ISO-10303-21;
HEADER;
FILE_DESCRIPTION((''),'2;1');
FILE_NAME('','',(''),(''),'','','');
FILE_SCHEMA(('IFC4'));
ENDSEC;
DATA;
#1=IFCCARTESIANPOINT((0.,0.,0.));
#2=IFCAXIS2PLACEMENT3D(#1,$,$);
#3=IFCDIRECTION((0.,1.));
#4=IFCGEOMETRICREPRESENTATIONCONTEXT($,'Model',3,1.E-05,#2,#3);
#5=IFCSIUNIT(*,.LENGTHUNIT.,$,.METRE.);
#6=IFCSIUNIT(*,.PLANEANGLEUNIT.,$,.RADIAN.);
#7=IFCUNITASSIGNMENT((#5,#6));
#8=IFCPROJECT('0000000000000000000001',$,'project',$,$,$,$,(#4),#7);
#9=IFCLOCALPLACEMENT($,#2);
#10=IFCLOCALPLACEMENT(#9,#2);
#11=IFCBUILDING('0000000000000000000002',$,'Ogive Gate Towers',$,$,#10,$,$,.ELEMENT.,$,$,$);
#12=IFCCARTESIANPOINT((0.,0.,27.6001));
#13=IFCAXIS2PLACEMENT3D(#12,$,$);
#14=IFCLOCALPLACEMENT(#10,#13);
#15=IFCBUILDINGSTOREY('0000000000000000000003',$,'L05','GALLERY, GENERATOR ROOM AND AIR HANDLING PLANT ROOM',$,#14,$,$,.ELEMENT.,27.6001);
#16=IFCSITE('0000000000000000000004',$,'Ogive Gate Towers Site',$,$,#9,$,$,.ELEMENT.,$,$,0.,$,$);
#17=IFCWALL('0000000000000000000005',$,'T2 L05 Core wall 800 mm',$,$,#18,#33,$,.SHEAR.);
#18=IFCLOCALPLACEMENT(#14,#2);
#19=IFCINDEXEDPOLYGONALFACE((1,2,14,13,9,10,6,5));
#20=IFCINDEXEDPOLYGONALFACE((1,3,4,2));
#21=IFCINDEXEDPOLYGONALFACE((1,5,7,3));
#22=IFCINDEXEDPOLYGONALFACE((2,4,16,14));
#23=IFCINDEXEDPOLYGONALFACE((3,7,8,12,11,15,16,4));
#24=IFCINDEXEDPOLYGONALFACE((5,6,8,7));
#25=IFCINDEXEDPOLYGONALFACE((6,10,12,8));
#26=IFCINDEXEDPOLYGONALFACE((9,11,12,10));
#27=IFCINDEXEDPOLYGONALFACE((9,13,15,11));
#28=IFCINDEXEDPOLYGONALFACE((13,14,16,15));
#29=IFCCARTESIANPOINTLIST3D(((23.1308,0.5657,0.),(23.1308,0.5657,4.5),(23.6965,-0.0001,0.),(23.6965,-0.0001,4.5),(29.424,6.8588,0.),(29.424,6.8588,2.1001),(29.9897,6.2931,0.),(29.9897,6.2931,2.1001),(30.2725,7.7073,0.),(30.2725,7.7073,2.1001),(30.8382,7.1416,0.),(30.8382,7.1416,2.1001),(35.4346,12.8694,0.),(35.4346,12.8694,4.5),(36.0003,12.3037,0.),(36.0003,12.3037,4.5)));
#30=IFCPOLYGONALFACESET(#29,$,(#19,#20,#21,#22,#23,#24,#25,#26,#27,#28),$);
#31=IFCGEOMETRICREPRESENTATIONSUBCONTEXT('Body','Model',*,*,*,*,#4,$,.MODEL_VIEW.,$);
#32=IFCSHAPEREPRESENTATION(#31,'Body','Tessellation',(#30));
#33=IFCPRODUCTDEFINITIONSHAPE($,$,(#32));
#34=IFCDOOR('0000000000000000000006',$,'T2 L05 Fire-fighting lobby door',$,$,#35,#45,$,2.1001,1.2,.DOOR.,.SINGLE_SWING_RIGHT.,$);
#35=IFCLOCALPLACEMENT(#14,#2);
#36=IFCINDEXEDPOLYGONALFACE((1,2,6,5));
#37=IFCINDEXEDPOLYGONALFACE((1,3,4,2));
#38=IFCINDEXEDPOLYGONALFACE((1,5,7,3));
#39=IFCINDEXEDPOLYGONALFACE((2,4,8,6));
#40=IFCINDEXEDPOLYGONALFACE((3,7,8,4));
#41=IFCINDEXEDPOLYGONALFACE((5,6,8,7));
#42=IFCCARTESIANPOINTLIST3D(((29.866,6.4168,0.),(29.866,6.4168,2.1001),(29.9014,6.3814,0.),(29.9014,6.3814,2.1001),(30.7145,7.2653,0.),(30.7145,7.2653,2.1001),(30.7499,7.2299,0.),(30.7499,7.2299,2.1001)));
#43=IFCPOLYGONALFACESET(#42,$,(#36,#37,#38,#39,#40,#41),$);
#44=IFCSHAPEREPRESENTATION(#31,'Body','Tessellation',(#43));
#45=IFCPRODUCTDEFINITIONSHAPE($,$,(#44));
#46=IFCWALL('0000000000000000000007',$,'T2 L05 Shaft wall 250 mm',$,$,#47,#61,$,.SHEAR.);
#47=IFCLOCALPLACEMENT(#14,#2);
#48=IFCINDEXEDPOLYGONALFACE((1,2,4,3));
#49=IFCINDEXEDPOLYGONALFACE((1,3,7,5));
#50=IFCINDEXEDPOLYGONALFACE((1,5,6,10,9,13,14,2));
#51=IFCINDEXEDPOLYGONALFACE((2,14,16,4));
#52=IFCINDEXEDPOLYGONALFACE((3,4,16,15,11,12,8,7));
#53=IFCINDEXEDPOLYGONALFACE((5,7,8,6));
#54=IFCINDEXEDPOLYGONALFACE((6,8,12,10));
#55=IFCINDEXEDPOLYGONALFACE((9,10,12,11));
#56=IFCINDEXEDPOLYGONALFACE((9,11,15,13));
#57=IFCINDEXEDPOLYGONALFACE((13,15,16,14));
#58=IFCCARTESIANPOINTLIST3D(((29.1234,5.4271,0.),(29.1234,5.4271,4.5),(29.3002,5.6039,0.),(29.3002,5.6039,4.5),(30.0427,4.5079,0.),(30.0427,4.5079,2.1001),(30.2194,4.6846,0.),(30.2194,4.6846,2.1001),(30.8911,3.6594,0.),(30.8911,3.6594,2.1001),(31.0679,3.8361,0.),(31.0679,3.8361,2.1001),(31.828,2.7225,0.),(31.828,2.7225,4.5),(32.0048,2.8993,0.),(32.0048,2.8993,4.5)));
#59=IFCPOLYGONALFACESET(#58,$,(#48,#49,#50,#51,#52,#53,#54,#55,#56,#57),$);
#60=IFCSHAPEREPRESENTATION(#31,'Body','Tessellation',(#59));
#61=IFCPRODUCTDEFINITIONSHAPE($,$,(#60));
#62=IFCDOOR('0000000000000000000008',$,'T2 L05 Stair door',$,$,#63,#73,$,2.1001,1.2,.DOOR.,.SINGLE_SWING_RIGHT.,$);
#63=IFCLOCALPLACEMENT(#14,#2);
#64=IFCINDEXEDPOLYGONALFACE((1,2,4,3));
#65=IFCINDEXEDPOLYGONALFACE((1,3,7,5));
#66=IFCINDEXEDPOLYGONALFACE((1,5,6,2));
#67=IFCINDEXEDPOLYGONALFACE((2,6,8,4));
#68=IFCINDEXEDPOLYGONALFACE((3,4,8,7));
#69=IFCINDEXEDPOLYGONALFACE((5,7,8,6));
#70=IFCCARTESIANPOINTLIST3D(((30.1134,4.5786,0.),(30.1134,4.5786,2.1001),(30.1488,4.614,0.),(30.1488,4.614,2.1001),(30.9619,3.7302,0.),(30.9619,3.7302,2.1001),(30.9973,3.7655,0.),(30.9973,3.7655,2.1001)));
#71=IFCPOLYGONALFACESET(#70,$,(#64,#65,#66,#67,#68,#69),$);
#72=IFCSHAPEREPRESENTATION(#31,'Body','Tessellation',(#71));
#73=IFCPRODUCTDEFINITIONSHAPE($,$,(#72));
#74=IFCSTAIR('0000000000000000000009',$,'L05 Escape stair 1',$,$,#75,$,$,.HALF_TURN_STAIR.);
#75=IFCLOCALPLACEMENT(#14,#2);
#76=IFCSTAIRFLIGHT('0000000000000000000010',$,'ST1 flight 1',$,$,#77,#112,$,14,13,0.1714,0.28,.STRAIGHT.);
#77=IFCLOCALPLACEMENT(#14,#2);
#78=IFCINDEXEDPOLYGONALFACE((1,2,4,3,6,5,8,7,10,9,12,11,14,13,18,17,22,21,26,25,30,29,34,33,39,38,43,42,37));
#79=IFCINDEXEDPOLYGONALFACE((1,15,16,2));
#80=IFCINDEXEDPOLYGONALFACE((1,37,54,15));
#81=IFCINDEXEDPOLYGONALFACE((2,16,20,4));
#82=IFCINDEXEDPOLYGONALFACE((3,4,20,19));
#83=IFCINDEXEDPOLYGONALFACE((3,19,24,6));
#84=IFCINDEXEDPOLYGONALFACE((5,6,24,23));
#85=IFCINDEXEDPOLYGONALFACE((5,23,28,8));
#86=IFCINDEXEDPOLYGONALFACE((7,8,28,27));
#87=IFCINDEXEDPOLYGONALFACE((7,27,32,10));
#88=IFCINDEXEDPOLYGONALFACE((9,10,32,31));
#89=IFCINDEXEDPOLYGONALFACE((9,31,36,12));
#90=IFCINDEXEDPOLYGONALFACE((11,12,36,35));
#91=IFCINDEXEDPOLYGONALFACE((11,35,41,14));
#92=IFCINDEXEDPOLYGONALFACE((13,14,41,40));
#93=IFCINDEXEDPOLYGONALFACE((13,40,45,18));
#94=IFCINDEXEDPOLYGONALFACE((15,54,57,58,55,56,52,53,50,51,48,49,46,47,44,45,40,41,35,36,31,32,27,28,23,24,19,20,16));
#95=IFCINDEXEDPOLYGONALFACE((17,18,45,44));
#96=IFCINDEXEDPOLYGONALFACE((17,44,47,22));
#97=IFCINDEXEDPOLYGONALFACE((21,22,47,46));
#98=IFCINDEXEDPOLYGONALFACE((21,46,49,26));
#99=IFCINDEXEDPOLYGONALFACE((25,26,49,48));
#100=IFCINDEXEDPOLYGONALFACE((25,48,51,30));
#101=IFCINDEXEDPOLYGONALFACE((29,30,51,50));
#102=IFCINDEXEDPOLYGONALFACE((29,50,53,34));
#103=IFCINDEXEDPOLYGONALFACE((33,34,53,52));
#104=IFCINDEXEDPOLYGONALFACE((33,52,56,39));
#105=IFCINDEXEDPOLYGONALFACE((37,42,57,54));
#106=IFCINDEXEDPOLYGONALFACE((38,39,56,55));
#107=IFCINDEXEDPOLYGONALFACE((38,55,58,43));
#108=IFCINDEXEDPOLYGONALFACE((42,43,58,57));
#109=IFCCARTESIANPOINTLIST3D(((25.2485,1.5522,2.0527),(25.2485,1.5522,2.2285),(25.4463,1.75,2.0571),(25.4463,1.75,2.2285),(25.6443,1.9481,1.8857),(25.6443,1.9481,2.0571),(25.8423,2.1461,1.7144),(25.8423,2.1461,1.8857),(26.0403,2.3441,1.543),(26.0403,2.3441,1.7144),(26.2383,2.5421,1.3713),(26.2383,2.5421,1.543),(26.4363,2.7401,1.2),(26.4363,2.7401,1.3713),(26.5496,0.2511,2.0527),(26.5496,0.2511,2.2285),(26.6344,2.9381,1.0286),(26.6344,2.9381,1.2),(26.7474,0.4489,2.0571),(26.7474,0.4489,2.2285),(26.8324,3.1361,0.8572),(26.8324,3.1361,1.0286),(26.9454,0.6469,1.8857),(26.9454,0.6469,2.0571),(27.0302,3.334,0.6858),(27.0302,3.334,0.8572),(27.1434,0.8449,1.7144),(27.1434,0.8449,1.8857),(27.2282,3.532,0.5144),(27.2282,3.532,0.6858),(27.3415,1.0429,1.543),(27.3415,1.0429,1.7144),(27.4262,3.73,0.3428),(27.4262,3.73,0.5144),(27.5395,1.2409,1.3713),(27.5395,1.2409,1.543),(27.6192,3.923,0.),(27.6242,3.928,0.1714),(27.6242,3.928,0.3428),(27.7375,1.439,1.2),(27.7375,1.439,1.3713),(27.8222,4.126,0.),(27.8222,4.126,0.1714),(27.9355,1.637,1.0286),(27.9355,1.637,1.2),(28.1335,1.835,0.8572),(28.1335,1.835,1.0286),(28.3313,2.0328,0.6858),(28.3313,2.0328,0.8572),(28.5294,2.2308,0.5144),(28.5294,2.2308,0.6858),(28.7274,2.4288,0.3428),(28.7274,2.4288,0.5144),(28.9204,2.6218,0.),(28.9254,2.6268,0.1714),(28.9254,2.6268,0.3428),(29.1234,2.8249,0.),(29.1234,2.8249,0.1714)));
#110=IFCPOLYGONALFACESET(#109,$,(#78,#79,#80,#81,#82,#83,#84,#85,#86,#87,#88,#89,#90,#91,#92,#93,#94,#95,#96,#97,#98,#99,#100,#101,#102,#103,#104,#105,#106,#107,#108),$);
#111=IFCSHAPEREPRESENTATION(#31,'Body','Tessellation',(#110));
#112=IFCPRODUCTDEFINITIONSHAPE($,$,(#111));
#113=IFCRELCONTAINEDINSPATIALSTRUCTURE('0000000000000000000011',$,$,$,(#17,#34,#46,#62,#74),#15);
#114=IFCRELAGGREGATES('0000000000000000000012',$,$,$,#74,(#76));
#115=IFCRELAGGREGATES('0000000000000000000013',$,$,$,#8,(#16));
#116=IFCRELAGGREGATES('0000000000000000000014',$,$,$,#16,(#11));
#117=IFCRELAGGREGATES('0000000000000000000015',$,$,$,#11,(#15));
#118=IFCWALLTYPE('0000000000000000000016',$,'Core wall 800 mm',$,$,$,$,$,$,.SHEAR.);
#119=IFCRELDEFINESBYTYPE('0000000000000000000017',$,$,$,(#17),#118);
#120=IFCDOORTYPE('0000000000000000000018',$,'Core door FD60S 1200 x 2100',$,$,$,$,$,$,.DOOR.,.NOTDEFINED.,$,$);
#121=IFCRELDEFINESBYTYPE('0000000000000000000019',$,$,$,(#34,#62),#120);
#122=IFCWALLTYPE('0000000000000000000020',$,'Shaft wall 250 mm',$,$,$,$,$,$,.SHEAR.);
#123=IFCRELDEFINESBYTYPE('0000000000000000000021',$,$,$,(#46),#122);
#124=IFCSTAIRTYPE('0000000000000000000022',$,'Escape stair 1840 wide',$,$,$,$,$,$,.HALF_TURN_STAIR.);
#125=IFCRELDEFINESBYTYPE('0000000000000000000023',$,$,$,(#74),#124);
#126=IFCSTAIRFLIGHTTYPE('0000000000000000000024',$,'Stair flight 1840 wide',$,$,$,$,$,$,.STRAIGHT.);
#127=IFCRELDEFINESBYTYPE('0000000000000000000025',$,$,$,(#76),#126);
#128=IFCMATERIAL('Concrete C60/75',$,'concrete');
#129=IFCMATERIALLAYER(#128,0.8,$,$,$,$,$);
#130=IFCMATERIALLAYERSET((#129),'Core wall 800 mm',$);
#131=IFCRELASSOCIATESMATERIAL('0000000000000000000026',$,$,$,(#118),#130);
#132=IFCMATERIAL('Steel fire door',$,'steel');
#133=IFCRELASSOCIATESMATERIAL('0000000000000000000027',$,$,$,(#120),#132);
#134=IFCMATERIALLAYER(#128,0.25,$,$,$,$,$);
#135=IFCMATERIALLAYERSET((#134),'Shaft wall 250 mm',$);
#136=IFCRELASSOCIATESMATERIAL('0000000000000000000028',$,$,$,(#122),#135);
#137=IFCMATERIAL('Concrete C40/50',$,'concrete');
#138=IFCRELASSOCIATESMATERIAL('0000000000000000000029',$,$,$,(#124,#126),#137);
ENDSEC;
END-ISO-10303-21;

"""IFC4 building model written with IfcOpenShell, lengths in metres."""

from ifc_helpers import new_model, si_unit, direction, frame, frame_2d, origin, place, context, subcontext, project, spatial, polyline, rectangle, outline, extrude, material, layer, layer_set, type_object, element, fill, aggregate, save


model = new_model("IFC4")

# Units and contexts
model_context = context("Model", 3, precision=1e-05, world=origin(), true_north=direction((0.0, 1.0)))
body_context = subcontext(model_context, "Body", "Model", "MODEL_VIEW")
ifc_project = project(units=[si_unit("LENGTHUNIT", "METRE"), si_unit("PLANEANGLEUNIT", "RADIAN")], contexts=[model_context])

# Site, building, storey
site_placement = place(None, origin())
site = spatial("IfcSite", under=ifc_project, at=site_placement, Name="Ogive Gate Towers Site", CompositionType="ELEMENT", RefElevation=0.0)
building_placement = place(site_placement, origin())
building = spatial("IfcBuilding", under=site, at=building_placement, Name="Ogive Gate Towers", CompositionType="ELEMENT")
storey_placement = place(building_placement, frame((0.0, 0.0, 27.6001)))
storey = spatial("IfcBuildingStorey", under=building, at=storey_placement, Name="L05", Description="GALLERY, GENERATOR ROOM AND AIR HANDLING PLANT ROOM", CompositionType="ELEMENT", Elevation=27.6001)

# Shared definitions
ifc_material_1 = material(Name="Concrete C40/50", Category="concrete")

# Walls, openings, doors
ifc_material_2 = material(Name="Steel fire door", Category="steel")
ifc_material_3 = material(Name="Concrete C60/75", Category="concrete")
ifc_layer_1 = layer(ifc_material_3, 0.8)
ifc_layer_set_1 = layer_set([ifc_layer_1], Name="Core wall 800 mm")
wall_type_1 = type_object("IfcWallType", Name="Core wall 800 mm", PredefinedType="SHEAR", material=ifc_layer_set_1)
wall_1_placement = place(storey_placement, frame((23.4136, 0.2827, 0.0), z_axis=(0.0, 0.0, 1.0), x_axis=(0.707107, 0.707107, 0.0)))
wall_1 = element("IfcWall", 1, at=wall_1_placement, inside=storey, type_object=wall_type_1, Name="T2 L05 Core wall 800 mm", PredefinedType="SHEAR", context=body_context, shape_type="SweptSolid", body=[
    extrude(rectangle(XDim=17.4001, YDim=0.8, at=frame_2d((8.7002, 0.0))), origin(), (0.0, 0.0, 1.0), 4.5),
])
opening_1_placement = place(wall_1_placement, frame((8.8999, 0.0, 0.0)))
opening_1 = element("IfcOpeningElement", 2, at=opening_1_placement, cuts=wall_1, PredefinedType="OPENING", context=body_context, shape_type="SweptSolid", body=[
    extrude(rectangle(XDim=1.2, YDim=2.1001, at=frame_2d((0.6001, 1.05))), frame((0.0, 0.4102, 0.0), z_axis=(0.0, -1.0, 0.0), x_axis=(1.0, 0.0, 0.0)), (0.0, 0.0, 1.0), 0.8201),
])
door_type_1 = type_object("IfcDoorType", Name="Core door FD60S 1200 x 2100", OperationType="NOTDEFINED", PredefinedType="DOOR", material=ifc_material_2)
door_1_placement = place(opening_1_placement, origin())
door_1 = element("IfcDoor", 3, at=door_1_placement, inside=storey, type_object=door_type_1, Name="T2 L05 Fire-fighting lobby door", OperationType="SINGLE_SWING_RIGHT", OverallHeight=2.1001, OverallWidth=1.2, PredefinedType="DOOR", context=body_context, shape_type="SweptSolid", body=[
    extrude(rectangle(XDim=1.2, YDim=2.1001, at=frame_2d((0.6001, 1.05))), frame((0.0, -0.2251, 0.0), z_axis=(0.0, -1.0, 0.0), x_axis=(1.0, 0.0, 0.0)), (0.0, 0.0, 1.0), 0.05),
])
fill(opening_1, door_1)
ifc_layer_2 = layer(ifc_material_3, 0.25)
ifc_layer_set_2 = layer_set([ifc_layer_2], Name="Shaft wall 250 mm")
wall_type_2 = type_object("IfcWallType", Name="Shaft wall 250 mm", PredefinedType="SHEAR", material=ifc_layer_set_2)
wall_2_placement = place(storey_placement, frame((31.9165, 2.8108, 0.0), z_axis=(0.0, 0.0, 1.0), x_axis=(-0.707107, 0.707107, 0.0)))
wall_2 = element("IfcWall", 4, at=wall_2_placement, inside=storey, type_object=wall_type_2, Name="T2 L05 Shaft wall 250 mm", PredefinedType="SHEAR", context=body_context, shape_type="SweptSolid", body=[
    extrude(rectangle(XDim=3.825, YDim=0.25, at=frame_2d((1.9126, 0.0))), origin(), (0.0, 0.0, 1.0), 4.5),
])
opening_2_placement = place(wall_2_placement, frame((1.325, 0.0, 0.0)))
opening_2 = element("IfcOpeningElement", 5, at=opening_2_placement, cuts=wall_2, PredefinedType="OPENING", context=body_context, shape_type="SweptSolid", body=[
    extrude(rectangle(XDim=1.2, YDim=2.1001, at=frame_2d((0.6001, 1.05))), frame((0.0, 0.135, 0.0), z_axis=(0.0, -1.0, 0.0), x_axis=(1.0, 0.0, 0.0)), (0.0, 0.0, 1.0), 0.27),
])
door_2_placement = place(opening_2_placement, origin())
door_2 = element("IfcDoor", 6, at=door_2_placement, inside=storey, type_object=door_type_1, Name="T2 L05 Stair door", OperationType="SINGLE_SWING_RIGHT", OverallHeight=2.1001, OverallWidth=1.2, PredefinedType="DOOR", context=body_context, shape_type="SweptSolid", body=[
    extrude(rectangle(XDim=1.2, YDim=2.1001, at=frame_2d((0.6001, 1.05))), frame((0.0, 0.0249, 0.0), z_axis=(0.0, -1.0, 0.0), x_axis=(1.0, 0.0, 0.0)), (0.0, 0.0, 1.0), 0.05),
])
fill(opening_2, door_2)

# Stair, stair flight
stair_type = type_object("IfcStairType", Name="Escape stair 1840 wide", PredefinedType="HALF_TURN_STAIR", material=ifc_material_1)
stair_placement = place(storey_placement, origin())
stair = element("IfcStair", 7, at=stair_placement, inside=storey, type_object=stair_type, Name="L05 Escape stair 1", PredefinedType="HALF_TURN_STAIR")
stair_flight_type = type_object("IfcStairFlightType", Name="Stair flight 1840 wide", PredefinedType="STRAIGHT", material=ifc_material_1)
stair_flight_placement = place(storey_placement, frame((28.4729, 3.4753, 0.0), z_axis=(0.0, 0.0, 1.0), x_axis=(-0.707107, -0.707107, 0.0)))
stair_flight = element("IfcStairFlight", 8, at=stair_flight_placement, type_object=stair_flight_type, Name="ST1 flight 1", NumberOfRisers=14, NumberOfTreads=13, PredefinedType="STRAIGHT", RiserHeight=0.1714, TreadLength=0.28, context=body_context, shape_type="SweptSolid", body=[
    extrude(outline(polyline([(0.0, 0.0), (0.0, 0.1714), (0.28, 0.1714), (0.28, 0.3428), (0.5601, 0.3428), (0.5601, 0.5144), (0.8401, 0.5144), (0.8401, 0.6858), (1.1201, 0.6858), (1.1201, 0.8572), (1.3999, 0.8572), (1.3999, 1.0286), (1.6799, 1.0286), (1.6799, 1.2), (1.96, 1.2), (1.96, 1.3713), (2.24, 1.3713), (2.24, 1.543), (2.52, 1.543), (2.52, 1.7144), (2.8, 1.7144), (2.8, 1.8857), (3.0801, 1.8857), (3.0801, 2.0571), (3.3601, 2.0571), (3.3601, 2.2285), (3.6399, 2.2285), (3.6399, 2.3999), (3.6399, 2.0527), (0.2871, 0.0), (0.0, 0.0)])), frame((0.0, 0.9199, 0.0), z_axis=(0.0, -1.0, 0.0), x_axis=(1.0, 0.0, 0.0)), (0.0, 0.0, 1.0), 1.8401),
])
aggregate(stair, [stair_flight])

save(model, "model.ifc")
